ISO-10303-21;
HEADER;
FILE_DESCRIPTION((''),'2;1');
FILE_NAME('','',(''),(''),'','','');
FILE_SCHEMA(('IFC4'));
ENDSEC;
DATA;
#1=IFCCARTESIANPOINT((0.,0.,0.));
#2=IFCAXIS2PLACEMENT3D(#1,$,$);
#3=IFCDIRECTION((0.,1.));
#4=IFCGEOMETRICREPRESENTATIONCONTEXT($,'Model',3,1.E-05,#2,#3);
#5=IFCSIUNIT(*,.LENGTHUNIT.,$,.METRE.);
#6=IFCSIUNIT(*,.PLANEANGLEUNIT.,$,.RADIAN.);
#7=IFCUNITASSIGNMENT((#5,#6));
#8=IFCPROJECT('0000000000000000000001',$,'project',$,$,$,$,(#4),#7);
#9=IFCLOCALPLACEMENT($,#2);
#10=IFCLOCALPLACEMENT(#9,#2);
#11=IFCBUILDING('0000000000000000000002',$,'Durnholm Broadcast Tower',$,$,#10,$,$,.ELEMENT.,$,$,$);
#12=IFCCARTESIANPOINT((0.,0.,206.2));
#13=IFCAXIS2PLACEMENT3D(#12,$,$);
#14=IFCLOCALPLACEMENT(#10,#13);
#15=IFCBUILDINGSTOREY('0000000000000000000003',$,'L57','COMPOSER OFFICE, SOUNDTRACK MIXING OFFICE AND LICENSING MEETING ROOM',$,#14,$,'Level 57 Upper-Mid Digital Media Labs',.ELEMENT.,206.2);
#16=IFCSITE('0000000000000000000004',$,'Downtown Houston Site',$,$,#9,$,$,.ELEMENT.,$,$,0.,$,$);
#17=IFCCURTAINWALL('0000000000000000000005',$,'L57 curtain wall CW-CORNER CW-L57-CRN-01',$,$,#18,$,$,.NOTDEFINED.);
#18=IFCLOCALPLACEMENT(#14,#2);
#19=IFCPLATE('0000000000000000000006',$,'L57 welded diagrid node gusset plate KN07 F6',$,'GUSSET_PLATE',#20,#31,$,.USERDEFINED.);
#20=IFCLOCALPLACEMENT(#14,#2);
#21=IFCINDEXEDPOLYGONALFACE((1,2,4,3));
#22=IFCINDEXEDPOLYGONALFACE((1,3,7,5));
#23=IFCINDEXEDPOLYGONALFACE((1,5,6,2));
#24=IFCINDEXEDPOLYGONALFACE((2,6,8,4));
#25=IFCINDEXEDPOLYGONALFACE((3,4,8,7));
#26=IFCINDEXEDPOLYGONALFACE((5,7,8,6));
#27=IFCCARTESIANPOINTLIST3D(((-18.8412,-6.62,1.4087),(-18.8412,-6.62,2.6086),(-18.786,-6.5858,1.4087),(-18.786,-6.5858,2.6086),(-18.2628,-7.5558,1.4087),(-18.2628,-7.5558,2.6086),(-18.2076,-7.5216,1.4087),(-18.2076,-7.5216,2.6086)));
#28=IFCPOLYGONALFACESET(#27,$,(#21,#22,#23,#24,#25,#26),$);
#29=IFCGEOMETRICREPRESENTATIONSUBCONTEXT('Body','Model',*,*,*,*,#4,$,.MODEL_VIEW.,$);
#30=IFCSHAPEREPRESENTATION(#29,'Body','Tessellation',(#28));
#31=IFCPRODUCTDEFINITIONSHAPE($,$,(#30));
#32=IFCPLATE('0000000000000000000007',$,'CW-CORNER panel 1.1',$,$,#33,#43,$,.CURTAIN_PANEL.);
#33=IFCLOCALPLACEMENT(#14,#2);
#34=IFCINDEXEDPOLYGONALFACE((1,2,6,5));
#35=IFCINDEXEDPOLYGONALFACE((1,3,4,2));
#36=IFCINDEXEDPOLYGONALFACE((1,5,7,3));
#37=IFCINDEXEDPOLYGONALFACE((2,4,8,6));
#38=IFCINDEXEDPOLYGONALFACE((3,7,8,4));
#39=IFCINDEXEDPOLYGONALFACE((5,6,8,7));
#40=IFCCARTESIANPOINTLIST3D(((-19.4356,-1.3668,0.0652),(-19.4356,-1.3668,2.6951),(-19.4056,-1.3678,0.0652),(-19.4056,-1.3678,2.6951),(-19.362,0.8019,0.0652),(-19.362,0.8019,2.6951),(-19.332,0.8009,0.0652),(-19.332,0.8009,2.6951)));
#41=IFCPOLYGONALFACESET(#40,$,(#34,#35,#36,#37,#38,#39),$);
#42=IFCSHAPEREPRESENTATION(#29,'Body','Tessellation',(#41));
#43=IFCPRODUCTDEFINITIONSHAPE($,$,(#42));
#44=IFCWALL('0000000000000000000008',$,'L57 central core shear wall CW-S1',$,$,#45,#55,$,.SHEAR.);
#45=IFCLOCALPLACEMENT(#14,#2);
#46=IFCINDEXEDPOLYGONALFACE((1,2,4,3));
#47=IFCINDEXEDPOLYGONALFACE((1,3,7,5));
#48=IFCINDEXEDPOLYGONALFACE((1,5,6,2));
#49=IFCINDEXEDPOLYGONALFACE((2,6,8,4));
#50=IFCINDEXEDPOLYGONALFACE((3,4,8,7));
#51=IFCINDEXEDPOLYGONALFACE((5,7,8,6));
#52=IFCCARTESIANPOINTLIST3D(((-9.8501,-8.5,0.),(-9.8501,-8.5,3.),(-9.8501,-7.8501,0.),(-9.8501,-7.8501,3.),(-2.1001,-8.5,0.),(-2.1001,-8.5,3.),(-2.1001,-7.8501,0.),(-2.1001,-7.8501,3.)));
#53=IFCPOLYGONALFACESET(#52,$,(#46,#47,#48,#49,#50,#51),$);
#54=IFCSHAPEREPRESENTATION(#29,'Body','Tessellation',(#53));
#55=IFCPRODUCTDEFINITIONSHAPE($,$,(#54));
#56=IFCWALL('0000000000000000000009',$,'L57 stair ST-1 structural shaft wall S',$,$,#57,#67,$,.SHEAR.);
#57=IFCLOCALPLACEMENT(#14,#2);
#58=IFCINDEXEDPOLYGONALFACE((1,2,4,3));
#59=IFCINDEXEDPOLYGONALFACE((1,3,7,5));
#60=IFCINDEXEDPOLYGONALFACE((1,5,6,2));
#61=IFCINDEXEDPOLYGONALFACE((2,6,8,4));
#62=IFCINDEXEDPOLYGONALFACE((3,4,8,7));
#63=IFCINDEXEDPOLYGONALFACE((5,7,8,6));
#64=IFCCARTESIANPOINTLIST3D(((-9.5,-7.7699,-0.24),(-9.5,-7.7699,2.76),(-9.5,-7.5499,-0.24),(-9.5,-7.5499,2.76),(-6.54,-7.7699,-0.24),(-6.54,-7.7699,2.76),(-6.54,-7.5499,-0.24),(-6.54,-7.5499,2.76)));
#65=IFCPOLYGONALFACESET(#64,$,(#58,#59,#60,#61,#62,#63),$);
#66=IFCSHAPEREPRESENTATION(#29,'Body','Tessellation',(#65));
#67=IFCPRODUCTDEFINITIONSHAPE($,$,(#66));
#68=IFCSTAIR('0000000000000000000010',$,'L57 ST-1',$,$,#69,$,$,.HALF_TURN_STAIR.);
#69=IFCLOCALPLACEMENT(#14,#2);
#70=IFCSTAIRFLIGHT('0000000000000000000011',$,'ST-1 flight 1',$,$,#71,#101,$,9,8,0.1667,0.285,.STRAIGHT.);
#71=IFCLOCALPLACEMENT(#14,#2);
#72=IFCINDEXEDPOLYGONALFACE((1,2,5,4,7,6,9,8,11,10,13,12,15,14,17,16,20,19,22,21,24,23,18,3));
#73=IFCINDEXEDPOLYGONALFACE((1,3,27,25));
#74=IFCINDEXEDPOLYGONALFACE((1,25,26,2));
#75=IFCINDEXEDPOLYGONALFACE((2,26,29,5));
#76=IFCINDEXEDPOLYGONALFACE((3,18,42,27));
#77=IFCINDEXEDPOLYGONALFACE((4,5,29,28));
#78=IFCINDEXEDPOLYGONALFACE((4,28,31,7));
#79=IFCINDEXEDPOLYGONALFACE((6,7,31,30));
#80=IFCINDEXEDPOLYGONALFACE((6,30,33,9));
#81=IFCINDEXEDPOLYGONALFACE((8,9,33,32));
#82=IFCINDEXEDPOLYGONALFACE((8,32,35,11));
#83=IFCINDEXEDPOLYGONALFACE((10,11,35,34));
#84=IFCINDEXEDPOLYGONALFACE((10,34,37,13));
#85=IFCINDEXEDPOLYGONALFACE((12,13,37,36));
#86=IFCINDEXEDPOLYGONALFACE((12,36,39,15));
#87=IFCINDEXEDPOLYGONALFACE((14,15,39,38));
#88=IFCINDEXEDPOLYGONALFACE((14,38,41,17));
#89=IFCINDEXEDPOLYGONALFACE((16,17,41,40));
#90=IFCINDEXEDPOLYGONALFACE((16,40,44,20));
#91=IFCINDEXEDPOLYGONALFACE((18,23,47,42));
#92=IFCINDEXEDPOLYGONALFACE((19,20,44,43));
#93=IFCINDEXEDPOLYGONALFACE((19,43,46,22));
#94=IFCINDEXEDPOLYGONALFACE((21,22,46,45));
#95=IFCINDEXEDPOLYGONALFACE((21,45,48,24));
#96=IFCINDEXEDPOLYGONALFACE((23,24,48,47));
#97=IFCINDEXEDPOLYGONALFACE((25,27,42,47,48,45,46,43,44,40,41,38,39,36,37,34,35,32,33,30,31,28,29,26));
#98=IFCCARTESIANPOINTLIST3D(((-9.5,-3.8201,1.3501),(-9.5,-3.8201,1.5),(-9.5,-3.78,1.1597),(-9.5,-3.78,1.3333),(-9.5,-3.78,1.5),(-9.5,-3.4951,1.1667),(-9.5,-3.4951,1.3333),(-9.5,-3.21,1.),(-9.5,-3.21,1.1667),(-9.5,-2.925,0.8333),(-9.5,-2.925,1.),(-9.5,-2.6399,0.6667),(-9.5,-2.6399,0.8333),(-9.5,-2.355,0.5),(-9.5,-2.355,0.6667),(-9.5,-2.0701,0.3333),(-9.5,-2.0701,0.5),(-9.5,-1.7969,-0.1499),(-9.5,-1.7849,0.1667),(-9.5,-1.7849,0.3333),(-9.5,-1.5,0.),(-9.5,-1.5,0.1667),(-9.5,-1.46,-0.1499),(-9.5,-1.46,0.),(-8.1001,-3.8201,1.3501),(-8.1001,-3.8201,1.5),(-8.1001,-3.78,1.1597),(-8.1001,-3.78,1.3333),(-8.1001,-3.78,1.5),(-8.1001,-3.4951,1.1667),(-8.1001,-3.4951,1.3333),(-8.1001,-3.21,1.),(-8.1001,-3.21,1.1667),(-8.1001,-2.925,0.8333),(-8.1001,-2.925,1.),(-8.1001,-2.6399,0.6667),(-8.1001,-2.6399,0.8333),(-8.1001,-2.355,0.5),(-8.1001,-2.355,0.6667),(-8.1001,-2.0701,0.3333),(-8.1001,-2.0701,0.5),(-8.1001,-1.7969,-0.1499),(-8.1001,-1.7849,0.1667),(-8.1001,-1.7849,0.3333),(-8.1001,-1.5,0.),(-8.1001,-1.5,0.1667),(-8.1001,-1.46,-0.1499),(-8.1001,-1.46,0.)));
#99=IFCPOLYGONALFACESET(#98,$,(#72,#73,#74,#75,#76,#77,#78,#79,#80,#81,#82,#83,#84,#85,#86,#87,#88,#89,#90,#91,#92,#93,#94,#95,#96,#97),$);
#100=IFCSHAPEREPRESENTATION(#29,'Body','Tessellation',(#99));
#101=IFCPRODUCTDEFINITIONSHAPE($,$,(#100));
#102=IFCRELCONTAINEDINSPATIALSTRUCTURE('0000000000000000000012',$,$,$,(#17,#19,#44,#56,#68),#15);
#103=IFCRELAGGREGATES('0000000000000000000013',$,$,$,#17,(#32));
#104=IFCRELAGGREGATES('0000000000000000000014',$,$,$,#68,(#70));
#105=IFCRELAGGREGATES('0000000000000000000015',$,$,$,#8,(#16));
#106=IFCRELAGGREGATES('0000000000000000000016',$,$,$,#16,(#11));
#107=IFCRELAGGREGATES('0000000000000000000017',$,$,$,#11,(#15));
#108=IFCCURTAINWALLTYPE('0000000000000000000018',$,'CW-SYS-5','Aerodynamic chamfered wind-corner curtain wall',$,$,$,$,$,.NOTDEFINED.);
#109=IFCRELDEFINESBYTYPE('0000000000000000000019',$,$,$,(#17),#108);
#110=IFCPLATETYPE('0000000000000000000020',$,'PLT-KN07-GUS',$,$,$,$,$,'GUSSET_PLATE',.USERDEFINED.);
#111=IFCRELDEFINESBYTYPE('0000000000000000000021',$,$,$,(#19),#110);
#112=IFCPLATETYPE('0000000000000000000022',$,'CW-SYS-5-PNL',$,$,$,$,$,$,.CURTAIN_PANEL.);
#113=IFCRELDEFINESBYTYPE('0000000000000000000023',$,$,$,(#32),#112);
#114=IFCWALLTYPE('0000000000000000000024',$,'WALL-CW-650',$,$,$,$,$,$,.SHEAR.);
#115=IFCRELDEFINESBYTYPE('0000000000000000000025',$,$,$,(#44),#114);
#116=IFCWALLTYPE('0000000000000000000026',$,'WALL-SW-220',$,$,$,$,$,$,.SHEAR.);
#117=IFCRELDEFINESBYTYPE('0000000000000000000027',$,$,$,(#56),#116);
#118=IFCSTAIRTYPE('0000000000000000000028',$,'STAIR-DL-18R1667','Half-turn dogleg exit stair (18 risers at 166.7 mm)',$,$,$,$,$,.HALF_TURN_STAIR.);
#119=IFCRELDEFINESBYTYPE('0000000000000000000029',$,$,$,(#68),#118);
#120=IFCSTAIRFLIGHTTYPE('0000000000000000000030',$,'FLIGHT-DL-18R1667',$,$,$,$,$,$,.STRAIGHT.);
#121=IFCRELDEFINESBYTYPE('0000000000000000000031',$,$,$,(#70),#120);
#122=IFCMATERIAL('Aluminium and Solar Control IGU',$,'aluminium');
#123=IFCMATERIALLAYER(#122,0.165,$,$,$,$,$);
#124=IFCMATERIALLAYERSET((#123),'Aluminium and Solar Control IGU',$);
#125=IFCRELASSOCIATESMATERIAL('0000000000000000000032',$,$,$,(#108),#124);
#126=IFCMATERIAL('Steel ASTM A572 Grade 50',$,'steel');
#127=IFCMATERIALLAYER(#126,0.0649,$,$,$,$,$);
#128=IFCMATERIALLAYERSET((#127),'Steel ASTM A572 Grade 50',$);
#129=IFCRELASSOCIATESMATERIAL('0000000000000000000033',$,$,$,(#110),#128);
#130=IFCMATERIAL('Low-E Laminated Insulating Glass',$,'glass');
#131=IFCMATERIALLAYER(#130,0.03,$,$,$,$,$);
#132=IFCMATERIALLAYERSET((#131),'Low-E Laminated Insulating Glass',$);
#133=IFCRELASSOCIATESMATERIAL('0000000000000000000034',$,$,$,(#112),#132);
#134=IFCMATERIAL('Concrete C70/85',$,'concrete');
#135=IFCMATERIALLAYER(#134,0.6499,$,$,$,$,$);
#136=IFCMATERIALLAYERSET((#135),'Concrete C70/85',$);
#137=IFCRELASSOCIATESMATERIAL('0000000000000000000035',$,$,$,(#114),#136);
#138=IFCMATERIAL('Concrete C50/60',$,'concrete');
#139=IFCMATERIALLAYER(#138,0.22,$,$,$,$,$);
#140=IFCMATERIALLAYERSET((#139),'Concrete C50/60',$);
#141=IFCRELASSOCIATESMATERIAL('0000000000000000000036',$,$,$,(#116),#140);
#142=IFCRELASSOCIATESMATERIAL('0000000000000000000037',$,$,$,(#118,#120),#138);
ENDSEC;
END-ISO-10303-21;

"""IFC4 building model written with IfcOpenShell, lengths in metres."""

from ifc_helpers import new_model, si_unit, direction, frame, frame_2d, origin, origin_2d, place, context, subcontext, project, spatial, polyline, rectangle, outline, extrude, source, transform, mapped, material, layer, layer_set, type_object, type_shapes, element, aggregate, save


model = new_model("IFC4")

# Units and contexts
model_context = context("Model", 3, precision=1e-05, world=origin(), true_north=direction((0.0, 1.0)))
body_context = subcontext(model_context, "Body", "Model", "MODEL_VIEW")
ifc_project = project(units=[si_unit("LENGTHUNIT", "METRE"), si_unit("PLANEANGLEUNIT", "RADIAN")], contexts=[model_context])

# Site, building, storey
site_placement = place(None, origin())
site = spatial("IfcSite", under=ifc_project, at=site_placement, Name="Downtown Houston Site", CompositionType="ELEMENT", RefElevation=0.0)
building_placement = place(site_placement, origin())
building = spatial("IfcBuilding", under=site, at=building_placement, Name="Durnholm Broadcast Tower", CompositionType="ELEMENT")
storey_placement = place(building_placement, frame((0.0, 0.0, 206.2)))
storey = spatial("IfcBuildingStorey", under=building, at=storey_placement, Name="L57", Description="COMPOSER OFFICE, SOUNDTRACK MIXING OFFICE AND LICENSING MEETING ROOM", LongName="Level 57 Upper-Mid Digital Media Labs", CompositionType="ELEMENT", Elevation=206.2)

# Shared definitions
ifc_material_1 = material(Name="Concrete C70/85", Category="concrete")

# Curtain wall
ifc_material_2 = material(Name="Aluminium and Solar Control IGU", Category="aluminium")
ifc_layer_1 = layer(ifc_material_2, 0.165)
ifc_layer_set_1 = layer_set([ifc_layer_1], Name="Aluminium and Solar Control IGU")
curtain_wall_type_1 = type_object("IfcCurtainWallType", Name="CW-SYS-5", Description="Aerodynamic chamfered wind-corner curtain wall", PredefinedType="NOTDEFINED", material=ifc_layer_set_1)
curtain_wall_1_placement = place(storey_placement, origin())
curtain_wall_1 = element("IfcCurtainWall", 1, at=curtain_wall_1_placement, inside=storey, type_object=curtain_wall_type_1, Name="L57 curtain wall CW-CORNER CW-L57-CRN-01", PredefinedType="NOTDEFINED")

# Plate
ifc_material_3 = material(Name="Steel ASTM A572 Grade 50", Category="steel")
ifc_layer_2 = layer(ifc_material_3, 0.0649)
ifc_layer_set_2 = layer_set([ifc_layer_2], Name="Steel ASTM A572 Grade 50")
plate_type_1 = type_object("IfcPlateType", Name="PLT-KN07-GUS", ElementType="GUSSET_PLATE", PredefinedType="USERDEFINED", material=ifc_layer_set_2)
shared_shape_1 = source(origin(), body_context, "Body", "SweptSolid", [
    extrude(rectangle(XDim=1.1001, YDim=0.0649, at=origin_2d()), origin(), (0.0, 0.0, 1.0), 1.2),
])
type_shapes(plate_type_1, [shared_shape_1])
plate_1_placement = place(storey_placement, frame((-18.5244, -7.0708, 1.4087), z_axis=(0.0, 0.0, 1.0), x_axis=(0.525769, -0.850628, 0.0)))
element("IfcPlate", 2, at=plate_1_placement, inside=storey, type_object=plate_type_1, Name="L57 welded diagrid node gusset plate KN07 F6", ObjectType="GUSSET_PLATE", PredefinedType="USERDEFINED", context=body_context, shape_type="MappedRepresentation", body=[
    mapped(shared_shape_1, transform((0.0, 0.0, 0.0), x_axis=(1.0, 0.0, 0.0), y_axis=(0.0, 1.0, 0.0), z_axis=(0.0, 0.0, 1.0), scale=1.0)),
])

# Plate
ifc_material_4 = material(Name="Low-E Laminated Insulating Glass", Category="glass")
ifc_layer_3 = layer(ifc_material_4, 0.03)
ifc_layer_set_3 = layer_set([ifc_layer_3], Name="Low-E Laminated Insulating Glass")
plate_type_2 = type_object("IfcPlateType", Name="CW-SYS-5-PNL", PredefinedType="CURTAIN_PANEL", material=ifc_layer_set_3)
shared_shape_2 = source(origin(), body_context, "Body", "SweptSolid", [
    extrude(rectangle(XDim=2.1699, YDim=0.03, at=origin_2d()), origin(), (0.0, 0.0, 1.0), 2.6299),
])
type_shapes(plate_type_2, [shared_shape_2])
plate_2_placement = place(storey_placement, frame((-19.3838, -0.283, 0.0652), z_axis=(0.0, 0.0, 1.0), x_axis=(0.033913, 0.999425, 0.0)))
plate_2 = element("IfcPlate", 3, at=plate_2_placement, type_object=plate_type_2, Name="CW-CORNER panel 1.1", PredefinedType="CURTAIN_PANEL", context=body_context, shape_type="MappedRepresentation", body=[
    mapped(shared_shape_2, transform((0.0, 0.0, 0.0), x_axis=(1.0, 0.0, 0.0), y_axis=(0.0, 1.0, 0.0), z_axis=(0.0, 0.0, 1.0), scale=1.0)),
])
aggregate(curtain_wall_1, [plate_2])

# Walls
ifc_layer_4 = layer(ifc_material_1, 0.6499)
ifc_layer_set_4 = layer_set([ifc_layer_4], Name="Concrete C70/85")
wall_type_1 = type_object("IfcWallType", Name="WALL-CW-650", PredefinedType="SHEAR", material=ifc_layer_set_4)
wall_1_placement = place(storey_placement, frame((-9.8501, -8.175, 0.0), z_axis=(0.0, 0.0, 1.0), x_axis=(1.0, 0.0, 0.0)))
element("IfcWall", 4, at=wall_1_placement, inside=storey, type_object=wall_type_1, Name="L57 central core shear wall CW-S1", PredefinedType="SHEAR", context=body_context, shape_type="SweptSolid", body=[
    extrude(rectangle(XDim=7.75, YDim=0.6499, at=frame_2d((3.875, 0.0))), origin(), (0.0, 0.0, 1.0), 3.0),
])
ifc_material_5 = material(Name="Concrete C50/60", Category="concrete")
ifc_layer_5 = layer(ifc_material_5, 0.22)
ifc_layer_set_5 = layer_set([ifc_layer_5], Name="Concrete C50/60")
wall_type_2 = type_object("IfcWallType", Name="WALL-SW-220", PredefinedType="SHEAR", material=ifc_layer_set_5)
wall_2_placement = place(storey_placement, frame((-9.5, -7.6599, -0.24), z_axis=(0.0, 0.0, 1.0), x_axis=(1.0, 0.0, 0.0)))
element("IfcWall", 5, at=wall_2_placement, inside=storey, type_object=wall_type_2, Name="L57 stair ST-1 structural shaft wall S", PredefinedType="SHEAR", context=body_context, shape_type="SweptSolid", body=[
    extrude(rectangle(XDim=2.96, YDim=0.22, at=frame_2d((1.48, 0.0))), origin(), (0.0, 0.0, 1.0), 3.0),
])

# Stair, stair flight
stair_type = type_object("IfcStairType", Name="STAIR-DL-18R1667", Description="Half-turn dogleg exit stair (18 risers at 166.7 mm)", PredefinedType="HALF_TURN_STAIR", material=ifc_material_5)
stair_placement = place(storey_placement, origin())
stair = element("IfcStair", 6, at=stair_placement, inside=storey, type_object=stair_type, Name="L57 ST-1", PredefinedType="HALF_TURN_STAIR")
stair_flight_type = type_object("IfcStairFlightType", Name="FLIGHT-DL-18R1667", PredefinedType="STRAIGHT", material=ifc_material_5)
stair_flight_placement = place(storey_placement, frame((-8.8, -1.5, 0.0), z_axis=(0.0, 0.0, 1.0), x_axis=(0.0, -1.0, 0.0)))
stair_flight = element("IfcStairFlight", 7, at=stair_flight_placement, type_object=stair_flight_type, Name="ST-1 flight 1", NumberOfRisers=9, NumberOfTreads=8, PredefinedType="STRAIGHT", RiserHeight=0.1667, TreadLength=0.285, context=body_context, shape_type="SweptSolid", body=[
    extrude(outline(polyline([(-0.04, -0.1499), (-0.04, 0.0), (0.0, 0.0), (0.0, 0.1667), (0.2849, 0.1667), (0.2849, 0.3333), (0.5701, 0.3333), (0.5701, 0.5), (0.855, 0.5), (0.855, 0.6667), (1.1399, 0.6667), (1.1399, 0.8333), (1.425, 0.8333), (1.425, 1.0), (1.71, 1.0), (1.71, 1.1667), (1.9951, 1.1667), (1.9951, 1.3333), (2.28, 1.3333), (2.28, 1.5), (2.3201, 1.5), (2.3201, 1.3501), (2.28, 1.1597), (0.2969, -0.1499), (-0.04, -0.1499)])), frame((0.0, 0.7, 0.0), z_axis=(0.0, -1.0, 0.0), x_axis=(1.0, 0.0, 0.0)), (0.0, 0.0, 1.0), 1.3999),
])
aggregate(stair, [stair_flight])

save(model, "model.ifc")
